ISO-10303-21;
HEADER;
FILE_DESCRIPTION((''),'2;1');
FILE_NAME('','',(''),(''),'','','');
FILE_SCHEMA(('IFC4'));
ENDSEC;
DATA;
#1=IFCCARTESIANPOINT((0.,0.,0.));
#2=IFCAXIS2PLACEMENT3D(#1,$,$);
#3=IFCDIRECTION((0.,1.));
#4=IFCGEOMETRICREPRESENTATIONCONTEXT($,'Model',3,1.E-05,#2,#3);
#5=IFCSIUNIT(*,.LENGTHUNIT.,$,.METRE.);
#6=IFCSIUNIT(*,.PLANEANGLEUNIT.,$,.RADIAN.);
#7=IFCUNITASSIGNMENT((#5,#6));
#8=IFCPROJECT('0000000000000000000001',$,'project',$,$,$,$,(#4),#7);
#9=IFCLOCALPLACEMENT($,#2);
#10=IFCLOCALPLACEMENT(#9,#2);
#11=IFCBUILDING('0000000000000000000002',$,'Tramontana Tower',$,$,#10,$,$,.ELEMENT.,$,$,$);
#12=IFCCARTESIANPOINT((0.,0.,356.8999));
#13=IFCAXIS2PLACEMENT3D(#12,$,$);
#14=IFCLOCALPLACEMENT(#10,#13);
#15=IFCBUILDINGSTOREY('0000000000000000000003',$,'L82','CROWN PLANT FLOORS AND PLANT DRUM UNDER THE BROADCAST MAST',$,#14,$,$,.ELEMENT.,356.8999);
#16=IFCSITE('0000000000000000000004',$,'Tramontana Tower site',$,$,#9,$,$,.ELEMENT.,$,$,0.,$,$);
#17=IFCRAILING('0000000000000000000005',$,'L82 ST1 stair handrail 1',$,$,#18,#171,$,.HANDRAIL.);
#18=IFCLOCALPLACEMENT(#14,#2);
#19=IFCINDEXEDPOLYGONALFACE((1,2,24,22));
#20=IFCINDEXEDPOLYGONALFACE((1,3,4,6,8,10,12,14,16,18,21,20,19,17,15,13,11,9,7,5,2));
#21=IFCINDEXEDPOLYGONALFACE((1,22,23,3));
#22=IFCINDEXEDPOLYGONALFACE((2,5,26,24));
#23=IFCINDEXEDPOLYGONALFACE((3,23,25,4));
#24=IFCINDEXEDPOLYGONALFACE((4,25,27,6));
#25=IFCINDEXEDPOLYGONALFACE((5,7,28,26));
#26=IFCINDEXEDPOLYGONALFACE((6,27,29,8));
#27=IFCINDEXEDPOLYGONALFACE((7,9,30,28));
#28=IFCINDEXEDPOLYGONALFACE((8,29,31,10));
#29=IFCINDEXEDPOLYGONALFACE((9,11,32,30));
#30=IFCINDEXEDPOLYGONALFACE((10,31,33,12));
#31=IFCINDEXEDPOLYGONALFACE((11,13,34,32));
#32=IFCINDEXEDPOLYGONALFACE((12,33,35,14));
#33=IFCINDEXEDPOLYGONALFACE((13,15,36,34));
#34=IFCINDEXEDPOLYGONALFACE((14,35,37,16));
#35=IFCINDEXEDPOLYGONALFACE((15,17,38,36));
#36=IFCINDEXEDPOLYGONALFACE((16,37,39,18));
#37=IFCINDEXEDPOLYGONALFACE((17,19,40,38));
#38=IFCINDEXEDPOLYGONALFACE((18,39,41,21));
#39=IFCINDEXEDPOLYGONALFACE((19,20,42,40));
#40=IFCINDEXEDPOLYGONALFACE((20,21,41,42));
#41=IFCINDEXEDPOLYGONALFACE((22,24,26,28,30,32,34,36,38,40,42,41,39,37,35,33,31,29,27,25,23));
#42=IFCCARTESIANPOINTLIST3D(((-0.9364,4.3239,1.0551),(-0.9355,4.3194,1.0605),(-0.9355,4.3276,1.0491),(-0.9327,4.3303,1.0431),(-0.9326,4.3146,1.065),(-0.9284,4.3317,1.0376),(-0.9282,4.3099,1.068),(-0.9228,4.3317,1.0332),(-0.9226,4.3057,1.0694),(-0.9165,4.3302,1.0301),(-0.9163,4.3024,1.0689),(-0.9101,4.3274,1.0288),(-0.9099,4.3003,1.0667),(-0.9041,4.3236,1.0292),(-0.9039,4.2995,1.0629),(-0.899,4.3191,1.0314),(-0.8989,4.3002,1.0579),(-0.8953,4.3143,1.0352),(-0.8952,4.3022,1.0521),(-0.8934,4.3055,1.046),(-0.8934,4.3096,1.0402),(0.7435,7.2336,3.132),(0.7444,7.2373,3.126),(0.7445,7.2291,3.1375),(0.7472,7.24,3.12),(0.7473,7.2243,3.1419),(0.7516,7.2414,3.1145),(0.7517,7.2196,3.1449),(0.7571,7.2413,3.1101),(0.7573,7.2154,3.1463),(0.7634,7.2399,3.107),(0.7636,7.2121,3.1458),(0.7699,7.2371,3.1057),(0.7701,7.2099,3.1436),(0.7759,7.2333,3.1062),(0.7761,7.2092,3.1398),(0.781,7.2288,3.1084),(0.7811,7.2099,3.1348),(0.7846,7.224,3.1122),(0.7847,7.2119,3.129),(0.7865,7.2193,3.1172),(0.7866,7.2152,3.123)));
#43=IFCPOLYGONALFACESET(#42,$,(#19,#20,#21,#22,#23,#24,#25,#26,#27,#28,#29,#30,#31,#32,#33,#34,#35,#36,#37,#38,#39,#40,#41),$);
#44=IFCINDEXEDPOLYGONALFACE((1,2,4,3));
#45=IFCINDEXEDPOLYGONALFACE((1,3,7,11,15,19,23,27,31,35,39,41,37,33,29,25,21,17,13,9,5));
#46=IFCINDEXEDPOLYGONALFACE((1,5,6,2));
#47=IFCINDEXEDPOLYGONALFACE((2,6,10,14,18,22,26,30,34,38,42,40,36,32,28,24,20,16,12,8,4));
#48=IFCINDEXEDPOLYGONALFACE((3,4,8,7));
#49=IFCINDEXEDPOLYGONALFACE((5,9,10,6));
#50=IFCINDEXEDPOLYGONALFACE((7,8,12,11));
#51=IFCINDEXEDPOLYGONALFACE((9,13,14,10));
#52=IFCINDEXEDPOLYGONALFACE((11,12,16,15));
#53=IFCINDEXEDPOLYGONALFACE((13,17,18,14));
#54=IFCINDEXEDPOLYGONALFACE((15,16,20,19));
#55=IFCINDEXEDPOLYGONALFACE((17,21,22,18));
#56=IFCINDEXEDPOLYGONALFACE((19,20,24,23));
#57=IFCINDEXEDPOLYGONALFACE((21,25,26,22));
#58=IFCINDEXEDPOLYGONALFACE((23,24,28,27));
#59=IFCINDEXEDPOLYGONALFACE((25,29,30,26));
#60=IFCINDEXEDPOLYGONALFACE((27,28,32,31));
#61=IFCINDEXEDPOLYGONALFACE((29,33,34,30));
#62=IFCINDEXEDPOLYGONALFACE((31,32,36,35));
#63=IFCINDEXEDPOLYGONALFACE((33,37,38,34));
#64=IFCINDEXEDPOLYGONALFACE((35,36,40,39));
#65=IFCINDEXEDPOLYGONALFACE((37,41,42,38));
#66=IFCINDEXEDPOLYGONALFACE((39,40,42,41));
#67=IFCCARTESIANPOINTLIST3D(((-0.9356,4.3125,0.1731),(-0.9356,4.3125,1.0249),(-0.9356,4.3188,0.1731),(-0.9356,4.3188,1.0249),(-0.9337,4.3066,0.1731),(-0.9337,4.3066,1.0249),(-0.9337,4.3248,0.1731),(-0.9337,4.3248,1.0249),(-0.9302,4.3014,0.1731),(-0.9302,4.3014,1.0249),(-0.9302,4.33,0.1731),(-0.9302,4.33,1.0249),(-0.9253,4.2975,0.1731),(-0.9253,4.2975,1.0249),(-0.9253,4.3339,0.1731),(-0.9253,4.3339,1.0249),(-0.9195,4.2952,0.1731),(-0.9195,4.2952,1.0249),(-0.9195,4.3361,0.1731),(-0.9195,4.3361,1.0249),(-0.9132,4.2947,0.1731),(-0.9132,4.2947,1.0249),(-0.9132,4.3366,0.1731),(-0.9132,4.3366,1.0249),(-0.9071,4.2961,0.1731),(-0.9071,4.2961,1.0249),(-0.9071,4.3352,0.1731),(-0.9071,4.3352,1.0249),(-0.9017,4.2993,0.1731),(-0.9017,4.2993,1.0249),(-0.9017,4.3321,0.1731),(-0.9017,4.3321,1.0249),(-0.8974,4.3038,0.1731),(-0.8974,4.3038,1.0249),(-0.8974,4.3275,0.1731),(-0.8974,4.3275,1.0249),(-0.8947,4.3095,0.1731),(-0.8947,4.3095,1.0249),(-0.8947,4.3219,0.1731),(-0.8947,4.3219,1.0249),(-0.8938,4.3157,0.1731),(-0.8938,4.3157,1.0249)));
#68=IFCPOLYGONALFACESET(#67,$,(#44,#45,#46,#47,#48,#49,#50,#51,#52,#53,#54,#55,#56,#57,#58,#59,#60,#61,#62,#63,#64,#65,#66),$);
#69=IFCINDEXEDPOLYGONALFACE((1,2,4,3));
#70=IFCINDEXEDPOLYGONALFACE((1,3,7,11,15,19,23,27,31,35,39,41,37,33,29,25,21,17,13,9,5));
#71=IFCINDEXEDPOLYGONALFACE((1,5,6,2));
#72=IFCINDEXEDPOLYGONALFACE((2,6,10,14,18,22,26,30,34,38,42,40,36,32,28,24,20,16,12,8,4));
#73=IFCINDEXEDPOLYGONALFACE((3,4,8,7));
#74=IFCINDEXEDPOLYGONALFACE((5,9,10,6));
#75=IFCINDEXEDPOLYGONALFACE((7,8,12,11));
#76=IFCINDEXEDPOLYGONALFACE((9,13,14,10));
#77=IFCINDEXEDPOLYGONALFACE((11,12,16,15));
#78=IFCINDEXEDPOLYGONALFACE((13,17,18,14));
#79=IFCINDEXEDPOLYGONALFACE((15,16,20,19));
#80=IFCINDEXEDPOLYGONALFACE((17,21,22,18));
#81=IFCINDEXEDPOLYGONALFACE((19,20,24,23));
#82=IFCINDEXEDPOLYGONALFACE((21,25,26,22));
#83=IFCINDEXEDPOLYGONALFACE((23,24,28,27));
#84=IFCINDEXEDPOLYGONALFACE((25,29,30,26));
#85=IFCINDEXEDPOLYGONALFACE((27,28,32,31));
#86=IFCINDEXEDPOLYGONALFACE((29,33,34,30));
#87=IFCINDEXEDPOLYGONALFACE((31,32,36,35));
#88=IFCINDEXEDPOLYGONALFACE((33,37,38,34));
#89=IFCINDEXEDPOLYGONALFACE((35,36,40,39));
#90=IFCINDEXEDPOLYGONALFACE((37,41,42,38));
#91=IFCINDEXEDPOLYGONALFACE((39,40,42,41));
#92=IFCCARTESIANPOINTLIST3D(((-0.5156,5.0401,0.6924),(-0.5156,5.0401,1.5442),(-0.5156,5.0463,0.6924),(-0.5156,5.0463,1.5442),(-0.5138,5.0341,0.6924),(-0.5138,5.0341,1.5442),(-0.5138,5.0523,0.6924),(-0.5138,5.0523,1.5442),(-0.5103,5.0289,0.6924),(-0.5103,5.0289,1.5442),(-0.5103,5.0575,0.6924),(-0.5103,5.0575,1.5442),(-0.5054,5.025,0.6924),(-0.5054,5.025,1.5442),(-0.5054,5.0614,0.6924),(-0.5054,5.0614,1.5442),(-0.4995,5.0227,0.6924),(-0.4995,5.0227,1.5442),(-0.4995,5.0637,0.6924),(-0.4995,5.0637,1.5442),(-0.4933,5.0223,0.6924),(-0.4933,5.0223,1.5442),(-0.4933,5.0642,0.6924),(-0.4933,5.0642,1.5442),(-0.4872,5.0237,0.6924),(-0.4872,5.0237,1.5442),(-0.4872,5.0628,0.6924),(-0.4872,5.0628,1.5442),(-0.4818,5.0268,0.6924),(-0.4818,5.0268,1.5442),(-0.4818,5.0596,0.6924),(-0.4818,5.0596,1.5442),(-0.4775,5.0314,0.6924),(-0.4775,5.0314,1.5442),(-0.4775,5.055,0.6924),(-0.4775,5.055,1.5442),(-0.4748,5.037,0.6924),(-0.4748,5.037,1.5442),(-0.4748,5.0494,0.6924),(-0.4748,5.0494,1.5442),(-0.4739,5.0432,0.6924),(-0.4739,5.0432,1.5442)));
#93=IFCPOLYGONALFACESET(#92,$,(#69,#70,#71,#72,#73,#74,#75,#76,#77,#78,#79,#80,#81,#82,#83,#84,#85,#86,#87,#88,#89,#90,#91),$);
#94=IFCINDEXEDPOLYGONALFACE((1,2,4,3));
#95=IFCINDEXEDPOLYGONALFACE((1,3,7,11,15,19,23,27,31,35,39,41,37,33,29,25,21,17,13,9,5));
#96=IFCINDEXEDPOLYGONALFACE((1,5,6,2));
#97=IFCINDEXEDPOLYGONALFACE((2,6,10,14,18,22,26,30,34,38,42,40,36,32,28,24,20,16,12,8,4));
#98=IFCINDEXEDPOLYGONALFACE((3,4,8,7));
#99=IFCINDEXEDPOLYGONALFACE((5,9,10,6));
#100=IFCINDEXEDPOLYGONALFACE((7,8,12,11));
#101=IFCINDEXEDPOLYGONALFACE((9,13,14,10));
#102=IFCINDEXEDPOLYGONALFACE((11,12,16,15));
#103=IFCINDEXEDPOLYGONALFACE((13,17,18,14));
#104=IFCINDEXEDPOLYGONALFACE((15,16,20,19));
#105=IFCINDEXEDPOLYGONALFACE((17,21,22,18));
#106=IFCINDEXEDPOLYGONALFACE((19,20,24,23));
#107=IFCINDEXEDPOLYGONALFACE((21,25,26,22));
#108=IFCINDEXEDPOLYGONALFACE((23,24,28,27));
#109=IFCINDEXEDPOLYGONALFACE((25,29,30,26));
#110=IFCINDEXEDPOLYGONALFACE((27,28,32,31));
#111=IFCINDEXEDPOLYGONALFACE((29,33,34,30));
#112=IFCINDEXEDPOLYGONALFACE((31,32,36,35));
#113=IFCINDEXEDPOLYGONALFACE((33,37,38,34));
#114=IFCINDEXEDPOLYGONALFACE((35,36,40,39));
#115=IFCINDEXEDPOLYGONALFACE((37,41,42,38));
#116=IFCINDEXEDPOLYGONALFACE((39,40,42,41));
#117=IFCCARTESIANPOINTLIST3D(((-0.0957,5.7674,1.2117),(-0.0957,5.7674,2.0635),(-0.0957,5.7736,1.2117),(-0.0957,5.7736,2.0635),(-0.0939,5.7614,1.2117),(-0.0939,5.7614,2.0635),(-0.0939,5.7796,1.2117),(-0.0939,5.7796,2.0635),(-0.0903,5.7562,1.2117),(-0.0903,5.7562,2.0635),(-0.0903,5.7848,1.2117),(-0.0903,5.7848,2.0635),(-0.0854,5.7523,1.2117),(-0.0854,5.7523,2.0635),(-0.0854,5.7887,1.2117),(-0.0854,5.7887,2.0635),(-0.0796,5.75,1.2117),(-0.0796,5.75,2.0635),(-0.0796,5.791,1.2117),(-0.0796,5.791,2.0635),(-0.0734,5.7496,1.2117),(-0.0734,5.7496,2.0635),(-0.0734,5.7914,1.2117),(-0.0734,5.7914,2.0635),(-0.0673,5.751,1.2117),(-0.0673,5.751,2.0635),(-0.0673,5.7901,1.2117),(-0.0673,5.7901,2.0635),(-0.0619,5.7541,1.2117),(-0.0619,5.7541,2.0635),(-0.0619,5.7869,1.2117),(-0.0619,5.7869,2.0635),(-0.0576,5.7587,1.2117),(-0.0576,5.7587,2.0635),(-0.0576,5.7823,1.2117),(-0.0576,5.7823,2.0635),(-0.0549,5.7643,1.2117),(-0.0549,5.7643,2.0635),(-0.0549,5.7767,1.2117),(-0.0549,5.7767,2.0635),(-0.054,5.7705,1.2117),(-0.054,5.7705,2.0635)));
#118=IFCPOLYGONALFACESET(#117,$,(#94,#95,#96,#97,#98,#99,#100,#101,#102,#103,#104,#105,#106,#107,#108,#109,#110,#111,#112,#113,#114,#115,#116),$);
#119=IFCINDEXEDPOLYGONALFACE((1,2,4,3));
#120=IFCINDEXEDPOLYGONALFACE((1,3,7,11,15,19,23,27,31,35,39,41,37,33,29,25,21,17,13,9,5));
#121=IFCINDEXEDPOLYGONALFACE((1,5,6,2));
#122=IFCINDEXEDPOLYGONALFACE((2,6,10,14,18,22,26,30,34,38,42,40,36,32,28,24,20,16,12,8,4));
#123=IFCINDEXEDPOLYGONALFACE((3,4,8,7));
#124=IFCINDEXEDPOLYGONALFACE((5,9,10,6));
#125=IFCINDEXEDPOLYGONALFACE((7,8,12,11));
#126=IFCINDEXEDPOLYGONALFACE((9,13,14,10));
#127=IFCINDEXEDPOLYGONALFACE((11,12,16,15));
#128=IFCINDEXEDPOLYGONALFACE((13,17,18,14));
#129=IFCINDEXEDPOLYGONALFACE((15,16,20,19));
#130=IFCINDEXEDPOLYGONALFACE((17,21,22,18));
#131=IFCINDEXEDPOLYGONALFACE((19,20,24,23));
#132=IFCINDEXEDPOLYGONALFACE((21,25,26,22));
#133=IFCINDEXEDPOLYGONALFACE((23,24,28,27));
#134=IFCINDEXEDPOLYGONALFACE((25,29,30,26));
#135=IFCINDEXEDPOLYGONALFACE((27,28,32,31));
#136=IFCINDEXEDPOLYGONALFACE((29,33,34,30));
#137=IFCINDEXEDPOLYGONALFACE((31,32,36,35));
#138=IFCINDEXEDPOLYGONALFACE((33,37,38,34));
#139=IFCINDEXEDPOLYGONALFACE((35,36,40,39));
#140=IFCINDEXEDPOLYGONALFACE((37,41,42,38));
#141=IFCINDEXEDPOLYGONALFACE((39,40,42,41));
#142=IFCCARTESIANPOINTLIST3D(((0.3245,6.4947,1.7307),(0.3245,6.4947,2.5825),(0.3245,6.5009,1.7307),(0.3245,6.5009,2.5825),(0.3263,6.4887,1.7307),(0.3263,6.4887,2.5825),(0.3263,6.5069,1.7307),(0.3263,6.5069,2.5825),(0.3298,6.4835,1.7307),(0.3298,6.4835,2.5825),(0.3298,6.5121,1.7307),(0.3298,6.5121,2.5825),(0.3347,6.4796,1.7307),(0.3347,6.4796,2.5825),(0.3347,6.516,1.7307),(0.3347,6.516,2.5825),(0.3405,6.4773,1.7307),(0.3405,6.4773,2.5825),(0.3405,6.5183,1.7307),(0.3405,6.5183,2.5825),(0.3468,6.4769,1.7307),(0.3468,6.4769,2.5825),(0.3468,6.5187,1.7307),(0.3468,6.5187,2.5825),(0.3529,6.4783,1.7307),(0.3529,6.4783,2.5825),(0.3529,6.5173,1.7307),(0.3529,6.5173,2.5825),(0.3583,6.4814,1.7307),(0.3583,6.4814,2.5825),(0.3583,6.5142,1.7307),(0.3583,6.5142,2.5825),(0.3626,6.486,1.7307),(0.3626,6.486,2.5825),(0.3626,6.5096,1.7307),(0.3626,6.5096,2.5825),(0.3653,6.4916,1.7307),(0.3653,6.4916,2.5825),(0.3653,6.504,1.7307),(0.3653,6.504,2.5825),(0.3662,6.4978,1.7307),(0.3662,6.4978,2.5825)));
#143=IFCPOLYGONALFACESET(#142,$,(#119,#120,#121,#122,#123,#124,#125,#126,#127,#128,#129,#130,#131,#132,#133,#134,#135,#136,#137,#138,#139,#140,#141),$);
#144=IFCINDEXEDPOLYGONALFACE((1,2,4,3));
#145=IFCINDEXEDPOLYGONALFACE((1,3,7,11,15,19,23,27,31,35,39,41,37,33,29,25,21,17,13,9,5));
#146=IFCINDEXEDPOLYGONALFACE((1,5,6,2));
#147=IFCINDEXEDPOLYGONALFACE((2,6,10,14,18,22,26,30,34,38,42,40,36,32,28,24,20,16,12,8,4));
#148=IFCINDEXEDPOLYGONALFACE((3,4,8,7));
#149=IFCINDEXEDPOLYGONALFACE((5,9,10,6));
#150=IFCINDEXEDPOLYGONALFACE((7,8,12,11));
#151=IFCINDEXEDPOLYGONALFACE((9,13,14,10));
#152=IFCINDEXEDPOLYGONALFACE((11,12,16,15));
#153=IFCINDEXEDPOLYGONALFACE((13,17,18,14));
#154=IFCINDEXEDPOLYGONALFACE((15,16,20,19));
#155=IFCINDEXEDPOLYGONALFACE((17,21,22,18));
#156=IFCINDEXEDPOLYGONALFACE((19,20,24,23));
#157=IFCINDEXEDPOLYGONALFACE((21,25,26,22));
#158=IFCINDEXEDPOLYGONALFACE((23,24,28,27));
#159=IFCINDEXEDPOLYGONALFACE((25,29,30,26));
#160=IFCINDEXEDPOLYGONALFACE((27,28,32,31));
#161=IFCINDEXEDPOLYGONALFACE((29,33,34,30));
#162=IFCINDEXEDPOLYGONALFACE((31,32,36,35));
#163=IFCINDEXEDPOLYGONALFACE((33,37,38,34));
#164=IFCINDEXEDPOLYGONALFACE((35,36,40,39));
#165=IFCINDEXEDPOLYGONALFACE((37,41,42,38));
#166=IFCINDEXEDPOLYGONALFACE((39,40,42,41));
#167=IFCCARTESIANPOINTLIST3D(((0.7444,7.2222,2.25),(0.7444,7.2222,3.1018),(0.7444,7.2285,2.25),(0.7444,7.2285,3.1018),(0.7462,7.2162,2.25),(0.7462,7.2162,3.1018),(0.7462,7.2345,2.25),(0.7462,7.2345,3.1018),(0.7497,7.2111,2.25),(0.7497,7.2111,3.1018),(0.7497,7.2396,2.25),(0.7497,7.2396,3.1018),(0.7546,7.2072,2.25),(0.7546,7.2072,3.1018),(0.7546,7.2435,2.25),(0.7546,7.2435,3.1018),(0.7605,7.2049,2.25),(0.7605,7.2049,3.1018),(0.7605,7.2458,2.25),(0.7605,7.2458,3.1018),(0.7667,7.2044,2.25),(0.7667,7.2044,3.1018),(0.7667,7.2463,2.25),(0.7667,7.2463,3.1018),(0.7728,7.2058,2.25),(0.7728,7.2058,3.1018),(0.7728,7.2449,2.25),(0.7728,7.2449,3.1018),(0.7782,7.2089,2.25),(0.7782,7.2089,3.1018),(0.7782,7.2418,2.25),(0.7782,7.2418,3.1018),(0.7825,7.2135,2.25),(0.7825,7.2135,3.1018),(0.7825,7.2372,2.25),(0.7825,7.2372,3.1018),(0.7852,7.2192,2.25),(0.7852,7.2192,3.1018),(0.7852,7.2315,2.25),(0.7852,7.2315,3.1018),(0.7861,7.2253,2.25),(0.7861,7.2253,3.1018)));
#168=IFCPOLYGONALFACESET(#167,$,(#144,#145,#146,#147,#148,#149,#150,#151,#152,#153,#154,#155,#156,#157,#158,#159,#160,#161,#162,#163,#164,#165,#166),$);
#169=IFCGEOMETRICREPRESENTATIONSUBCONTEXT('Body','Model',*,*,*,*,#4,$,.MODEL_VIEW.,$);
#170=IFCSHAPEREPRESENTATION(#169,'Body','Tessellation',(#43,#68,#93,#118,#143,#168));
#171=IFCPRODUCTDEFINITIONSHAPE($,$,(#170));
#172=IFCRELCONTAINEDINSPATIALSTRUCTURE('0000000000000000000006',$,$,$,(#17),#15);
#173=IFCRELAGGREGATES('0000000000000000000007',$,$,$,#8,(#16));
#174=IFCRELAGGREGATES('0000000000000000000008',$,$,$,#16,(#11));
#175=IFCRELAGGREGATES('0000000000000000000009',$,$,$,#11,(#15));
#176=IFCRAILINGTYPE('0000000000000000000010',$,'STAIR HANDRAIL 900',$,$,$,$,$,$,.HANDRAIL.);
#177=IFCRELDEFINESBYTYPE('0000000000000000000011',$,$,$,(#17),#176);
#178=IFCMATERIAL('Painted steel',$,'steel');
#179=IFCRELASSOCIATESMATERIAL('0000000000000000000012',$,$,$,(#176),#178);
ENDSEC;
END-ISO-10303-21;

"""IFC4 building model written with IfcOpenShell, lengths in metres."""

from ifc_helpers import new_model, si_unit, direction, frame, origin, origin_2d, place, context, subcontext, project, spatial, circle, extrude, material, type_object, element, save


model = new_model("IFC4")

# Units and contexts
model_context = context("Model", 3, precision=1e-05, world=origin(), true_north=direction((0.0, 1.0)))
body_context = subcontext(model_context, "Body", "Model", "MODEL_VIEW")
ifc_project = project(units=[si_unit("LENGTHUNIT", "METRE"), si_unit("PLANEANGLEUNIT", "RADIAN")], contexts=[model_context])

# Site, building, storey
site_placement = place(None, origin())
site = spatial("IfcSite", under=ifc_project, at=site_placement, Name="Tramontana Tower site", CompositionType="ELEMENT", RefElevation=0.0)
building_placement = place(site_placement, origin())
building = spatial("IfcBuilding", under=site, at=building_placement, Name="Tramontana Tower", CompositionType="ELEMENT")
storey_placement = place(building_placement, frame((0.0, 0.0, 356.8999)))
storey = spatial("IfcBuildingStorey", under=building, at=storey_placement, Name="L82", Description="CROWN PLANT FLOORS AND PLANT DRUM UNDER THE BROADCAST MAST", CompositionType="ELEMENT", Elevation=356.8999)

# Railing
ifc_material_1 = material(Name="Painted steel", Category="steel")
railing_type_1 = type_object("IfcRailingType", Name="STAIR HANDRAIL 900", PredefinedType="HANDRAIL", material=ifc_material_1)
railing_1_placement = place(storey_placement, frame((-0.9148, 4.3157, 0.1731)))
element("IfcRailing", 1, at=railing_1_placement, inside=storey, type_object=railing_type_1, Name="L82 ST1 stair handrail 1", PredefinedType="HANDRAIL", context=body_context, shape_type="SweptSolid", body=[
    extrude(circle(Radius=0.0239, at=origin_2d()), frame((0.0, 0.0, 0.876), z_axis=(0.425308, 0.73664, 0.525809), x_axis=(-0.866021, 0.500008, 0.0)), (0.0, 0.0, 1.0), 3.95),
    extrude(circle(Radius=0.021, at=origin_2d()), origin(), (0.0, 0.0, 1.0), 0.8518),
    extrude(circle(Radius=0.021, at=origin_2d()), frame((0.4199, 0.7275, 0.5193)), (0.0, 0.0, 1.0), 0.8518),
    extrude(circle(Radius=0.021, at=origin_2d()), frame((0.8398, 1.4548, 1.0386)), (0.0, 0.0, 1.0), 0.8518),
    extrude(circle(Radius=0.021, at=origin_2d()), frame((1.26, 2.1821, 1.5576)), (0.0, 0.0, 1.0), 0.8518),
    extrude(circle(Radius=0.021, at=origin_2d()), frame((1.6799, 2.9097, 2.0769)), (0.0, 0.0, 1.0), 0.8518),
])

save(model, "model.ifc")
